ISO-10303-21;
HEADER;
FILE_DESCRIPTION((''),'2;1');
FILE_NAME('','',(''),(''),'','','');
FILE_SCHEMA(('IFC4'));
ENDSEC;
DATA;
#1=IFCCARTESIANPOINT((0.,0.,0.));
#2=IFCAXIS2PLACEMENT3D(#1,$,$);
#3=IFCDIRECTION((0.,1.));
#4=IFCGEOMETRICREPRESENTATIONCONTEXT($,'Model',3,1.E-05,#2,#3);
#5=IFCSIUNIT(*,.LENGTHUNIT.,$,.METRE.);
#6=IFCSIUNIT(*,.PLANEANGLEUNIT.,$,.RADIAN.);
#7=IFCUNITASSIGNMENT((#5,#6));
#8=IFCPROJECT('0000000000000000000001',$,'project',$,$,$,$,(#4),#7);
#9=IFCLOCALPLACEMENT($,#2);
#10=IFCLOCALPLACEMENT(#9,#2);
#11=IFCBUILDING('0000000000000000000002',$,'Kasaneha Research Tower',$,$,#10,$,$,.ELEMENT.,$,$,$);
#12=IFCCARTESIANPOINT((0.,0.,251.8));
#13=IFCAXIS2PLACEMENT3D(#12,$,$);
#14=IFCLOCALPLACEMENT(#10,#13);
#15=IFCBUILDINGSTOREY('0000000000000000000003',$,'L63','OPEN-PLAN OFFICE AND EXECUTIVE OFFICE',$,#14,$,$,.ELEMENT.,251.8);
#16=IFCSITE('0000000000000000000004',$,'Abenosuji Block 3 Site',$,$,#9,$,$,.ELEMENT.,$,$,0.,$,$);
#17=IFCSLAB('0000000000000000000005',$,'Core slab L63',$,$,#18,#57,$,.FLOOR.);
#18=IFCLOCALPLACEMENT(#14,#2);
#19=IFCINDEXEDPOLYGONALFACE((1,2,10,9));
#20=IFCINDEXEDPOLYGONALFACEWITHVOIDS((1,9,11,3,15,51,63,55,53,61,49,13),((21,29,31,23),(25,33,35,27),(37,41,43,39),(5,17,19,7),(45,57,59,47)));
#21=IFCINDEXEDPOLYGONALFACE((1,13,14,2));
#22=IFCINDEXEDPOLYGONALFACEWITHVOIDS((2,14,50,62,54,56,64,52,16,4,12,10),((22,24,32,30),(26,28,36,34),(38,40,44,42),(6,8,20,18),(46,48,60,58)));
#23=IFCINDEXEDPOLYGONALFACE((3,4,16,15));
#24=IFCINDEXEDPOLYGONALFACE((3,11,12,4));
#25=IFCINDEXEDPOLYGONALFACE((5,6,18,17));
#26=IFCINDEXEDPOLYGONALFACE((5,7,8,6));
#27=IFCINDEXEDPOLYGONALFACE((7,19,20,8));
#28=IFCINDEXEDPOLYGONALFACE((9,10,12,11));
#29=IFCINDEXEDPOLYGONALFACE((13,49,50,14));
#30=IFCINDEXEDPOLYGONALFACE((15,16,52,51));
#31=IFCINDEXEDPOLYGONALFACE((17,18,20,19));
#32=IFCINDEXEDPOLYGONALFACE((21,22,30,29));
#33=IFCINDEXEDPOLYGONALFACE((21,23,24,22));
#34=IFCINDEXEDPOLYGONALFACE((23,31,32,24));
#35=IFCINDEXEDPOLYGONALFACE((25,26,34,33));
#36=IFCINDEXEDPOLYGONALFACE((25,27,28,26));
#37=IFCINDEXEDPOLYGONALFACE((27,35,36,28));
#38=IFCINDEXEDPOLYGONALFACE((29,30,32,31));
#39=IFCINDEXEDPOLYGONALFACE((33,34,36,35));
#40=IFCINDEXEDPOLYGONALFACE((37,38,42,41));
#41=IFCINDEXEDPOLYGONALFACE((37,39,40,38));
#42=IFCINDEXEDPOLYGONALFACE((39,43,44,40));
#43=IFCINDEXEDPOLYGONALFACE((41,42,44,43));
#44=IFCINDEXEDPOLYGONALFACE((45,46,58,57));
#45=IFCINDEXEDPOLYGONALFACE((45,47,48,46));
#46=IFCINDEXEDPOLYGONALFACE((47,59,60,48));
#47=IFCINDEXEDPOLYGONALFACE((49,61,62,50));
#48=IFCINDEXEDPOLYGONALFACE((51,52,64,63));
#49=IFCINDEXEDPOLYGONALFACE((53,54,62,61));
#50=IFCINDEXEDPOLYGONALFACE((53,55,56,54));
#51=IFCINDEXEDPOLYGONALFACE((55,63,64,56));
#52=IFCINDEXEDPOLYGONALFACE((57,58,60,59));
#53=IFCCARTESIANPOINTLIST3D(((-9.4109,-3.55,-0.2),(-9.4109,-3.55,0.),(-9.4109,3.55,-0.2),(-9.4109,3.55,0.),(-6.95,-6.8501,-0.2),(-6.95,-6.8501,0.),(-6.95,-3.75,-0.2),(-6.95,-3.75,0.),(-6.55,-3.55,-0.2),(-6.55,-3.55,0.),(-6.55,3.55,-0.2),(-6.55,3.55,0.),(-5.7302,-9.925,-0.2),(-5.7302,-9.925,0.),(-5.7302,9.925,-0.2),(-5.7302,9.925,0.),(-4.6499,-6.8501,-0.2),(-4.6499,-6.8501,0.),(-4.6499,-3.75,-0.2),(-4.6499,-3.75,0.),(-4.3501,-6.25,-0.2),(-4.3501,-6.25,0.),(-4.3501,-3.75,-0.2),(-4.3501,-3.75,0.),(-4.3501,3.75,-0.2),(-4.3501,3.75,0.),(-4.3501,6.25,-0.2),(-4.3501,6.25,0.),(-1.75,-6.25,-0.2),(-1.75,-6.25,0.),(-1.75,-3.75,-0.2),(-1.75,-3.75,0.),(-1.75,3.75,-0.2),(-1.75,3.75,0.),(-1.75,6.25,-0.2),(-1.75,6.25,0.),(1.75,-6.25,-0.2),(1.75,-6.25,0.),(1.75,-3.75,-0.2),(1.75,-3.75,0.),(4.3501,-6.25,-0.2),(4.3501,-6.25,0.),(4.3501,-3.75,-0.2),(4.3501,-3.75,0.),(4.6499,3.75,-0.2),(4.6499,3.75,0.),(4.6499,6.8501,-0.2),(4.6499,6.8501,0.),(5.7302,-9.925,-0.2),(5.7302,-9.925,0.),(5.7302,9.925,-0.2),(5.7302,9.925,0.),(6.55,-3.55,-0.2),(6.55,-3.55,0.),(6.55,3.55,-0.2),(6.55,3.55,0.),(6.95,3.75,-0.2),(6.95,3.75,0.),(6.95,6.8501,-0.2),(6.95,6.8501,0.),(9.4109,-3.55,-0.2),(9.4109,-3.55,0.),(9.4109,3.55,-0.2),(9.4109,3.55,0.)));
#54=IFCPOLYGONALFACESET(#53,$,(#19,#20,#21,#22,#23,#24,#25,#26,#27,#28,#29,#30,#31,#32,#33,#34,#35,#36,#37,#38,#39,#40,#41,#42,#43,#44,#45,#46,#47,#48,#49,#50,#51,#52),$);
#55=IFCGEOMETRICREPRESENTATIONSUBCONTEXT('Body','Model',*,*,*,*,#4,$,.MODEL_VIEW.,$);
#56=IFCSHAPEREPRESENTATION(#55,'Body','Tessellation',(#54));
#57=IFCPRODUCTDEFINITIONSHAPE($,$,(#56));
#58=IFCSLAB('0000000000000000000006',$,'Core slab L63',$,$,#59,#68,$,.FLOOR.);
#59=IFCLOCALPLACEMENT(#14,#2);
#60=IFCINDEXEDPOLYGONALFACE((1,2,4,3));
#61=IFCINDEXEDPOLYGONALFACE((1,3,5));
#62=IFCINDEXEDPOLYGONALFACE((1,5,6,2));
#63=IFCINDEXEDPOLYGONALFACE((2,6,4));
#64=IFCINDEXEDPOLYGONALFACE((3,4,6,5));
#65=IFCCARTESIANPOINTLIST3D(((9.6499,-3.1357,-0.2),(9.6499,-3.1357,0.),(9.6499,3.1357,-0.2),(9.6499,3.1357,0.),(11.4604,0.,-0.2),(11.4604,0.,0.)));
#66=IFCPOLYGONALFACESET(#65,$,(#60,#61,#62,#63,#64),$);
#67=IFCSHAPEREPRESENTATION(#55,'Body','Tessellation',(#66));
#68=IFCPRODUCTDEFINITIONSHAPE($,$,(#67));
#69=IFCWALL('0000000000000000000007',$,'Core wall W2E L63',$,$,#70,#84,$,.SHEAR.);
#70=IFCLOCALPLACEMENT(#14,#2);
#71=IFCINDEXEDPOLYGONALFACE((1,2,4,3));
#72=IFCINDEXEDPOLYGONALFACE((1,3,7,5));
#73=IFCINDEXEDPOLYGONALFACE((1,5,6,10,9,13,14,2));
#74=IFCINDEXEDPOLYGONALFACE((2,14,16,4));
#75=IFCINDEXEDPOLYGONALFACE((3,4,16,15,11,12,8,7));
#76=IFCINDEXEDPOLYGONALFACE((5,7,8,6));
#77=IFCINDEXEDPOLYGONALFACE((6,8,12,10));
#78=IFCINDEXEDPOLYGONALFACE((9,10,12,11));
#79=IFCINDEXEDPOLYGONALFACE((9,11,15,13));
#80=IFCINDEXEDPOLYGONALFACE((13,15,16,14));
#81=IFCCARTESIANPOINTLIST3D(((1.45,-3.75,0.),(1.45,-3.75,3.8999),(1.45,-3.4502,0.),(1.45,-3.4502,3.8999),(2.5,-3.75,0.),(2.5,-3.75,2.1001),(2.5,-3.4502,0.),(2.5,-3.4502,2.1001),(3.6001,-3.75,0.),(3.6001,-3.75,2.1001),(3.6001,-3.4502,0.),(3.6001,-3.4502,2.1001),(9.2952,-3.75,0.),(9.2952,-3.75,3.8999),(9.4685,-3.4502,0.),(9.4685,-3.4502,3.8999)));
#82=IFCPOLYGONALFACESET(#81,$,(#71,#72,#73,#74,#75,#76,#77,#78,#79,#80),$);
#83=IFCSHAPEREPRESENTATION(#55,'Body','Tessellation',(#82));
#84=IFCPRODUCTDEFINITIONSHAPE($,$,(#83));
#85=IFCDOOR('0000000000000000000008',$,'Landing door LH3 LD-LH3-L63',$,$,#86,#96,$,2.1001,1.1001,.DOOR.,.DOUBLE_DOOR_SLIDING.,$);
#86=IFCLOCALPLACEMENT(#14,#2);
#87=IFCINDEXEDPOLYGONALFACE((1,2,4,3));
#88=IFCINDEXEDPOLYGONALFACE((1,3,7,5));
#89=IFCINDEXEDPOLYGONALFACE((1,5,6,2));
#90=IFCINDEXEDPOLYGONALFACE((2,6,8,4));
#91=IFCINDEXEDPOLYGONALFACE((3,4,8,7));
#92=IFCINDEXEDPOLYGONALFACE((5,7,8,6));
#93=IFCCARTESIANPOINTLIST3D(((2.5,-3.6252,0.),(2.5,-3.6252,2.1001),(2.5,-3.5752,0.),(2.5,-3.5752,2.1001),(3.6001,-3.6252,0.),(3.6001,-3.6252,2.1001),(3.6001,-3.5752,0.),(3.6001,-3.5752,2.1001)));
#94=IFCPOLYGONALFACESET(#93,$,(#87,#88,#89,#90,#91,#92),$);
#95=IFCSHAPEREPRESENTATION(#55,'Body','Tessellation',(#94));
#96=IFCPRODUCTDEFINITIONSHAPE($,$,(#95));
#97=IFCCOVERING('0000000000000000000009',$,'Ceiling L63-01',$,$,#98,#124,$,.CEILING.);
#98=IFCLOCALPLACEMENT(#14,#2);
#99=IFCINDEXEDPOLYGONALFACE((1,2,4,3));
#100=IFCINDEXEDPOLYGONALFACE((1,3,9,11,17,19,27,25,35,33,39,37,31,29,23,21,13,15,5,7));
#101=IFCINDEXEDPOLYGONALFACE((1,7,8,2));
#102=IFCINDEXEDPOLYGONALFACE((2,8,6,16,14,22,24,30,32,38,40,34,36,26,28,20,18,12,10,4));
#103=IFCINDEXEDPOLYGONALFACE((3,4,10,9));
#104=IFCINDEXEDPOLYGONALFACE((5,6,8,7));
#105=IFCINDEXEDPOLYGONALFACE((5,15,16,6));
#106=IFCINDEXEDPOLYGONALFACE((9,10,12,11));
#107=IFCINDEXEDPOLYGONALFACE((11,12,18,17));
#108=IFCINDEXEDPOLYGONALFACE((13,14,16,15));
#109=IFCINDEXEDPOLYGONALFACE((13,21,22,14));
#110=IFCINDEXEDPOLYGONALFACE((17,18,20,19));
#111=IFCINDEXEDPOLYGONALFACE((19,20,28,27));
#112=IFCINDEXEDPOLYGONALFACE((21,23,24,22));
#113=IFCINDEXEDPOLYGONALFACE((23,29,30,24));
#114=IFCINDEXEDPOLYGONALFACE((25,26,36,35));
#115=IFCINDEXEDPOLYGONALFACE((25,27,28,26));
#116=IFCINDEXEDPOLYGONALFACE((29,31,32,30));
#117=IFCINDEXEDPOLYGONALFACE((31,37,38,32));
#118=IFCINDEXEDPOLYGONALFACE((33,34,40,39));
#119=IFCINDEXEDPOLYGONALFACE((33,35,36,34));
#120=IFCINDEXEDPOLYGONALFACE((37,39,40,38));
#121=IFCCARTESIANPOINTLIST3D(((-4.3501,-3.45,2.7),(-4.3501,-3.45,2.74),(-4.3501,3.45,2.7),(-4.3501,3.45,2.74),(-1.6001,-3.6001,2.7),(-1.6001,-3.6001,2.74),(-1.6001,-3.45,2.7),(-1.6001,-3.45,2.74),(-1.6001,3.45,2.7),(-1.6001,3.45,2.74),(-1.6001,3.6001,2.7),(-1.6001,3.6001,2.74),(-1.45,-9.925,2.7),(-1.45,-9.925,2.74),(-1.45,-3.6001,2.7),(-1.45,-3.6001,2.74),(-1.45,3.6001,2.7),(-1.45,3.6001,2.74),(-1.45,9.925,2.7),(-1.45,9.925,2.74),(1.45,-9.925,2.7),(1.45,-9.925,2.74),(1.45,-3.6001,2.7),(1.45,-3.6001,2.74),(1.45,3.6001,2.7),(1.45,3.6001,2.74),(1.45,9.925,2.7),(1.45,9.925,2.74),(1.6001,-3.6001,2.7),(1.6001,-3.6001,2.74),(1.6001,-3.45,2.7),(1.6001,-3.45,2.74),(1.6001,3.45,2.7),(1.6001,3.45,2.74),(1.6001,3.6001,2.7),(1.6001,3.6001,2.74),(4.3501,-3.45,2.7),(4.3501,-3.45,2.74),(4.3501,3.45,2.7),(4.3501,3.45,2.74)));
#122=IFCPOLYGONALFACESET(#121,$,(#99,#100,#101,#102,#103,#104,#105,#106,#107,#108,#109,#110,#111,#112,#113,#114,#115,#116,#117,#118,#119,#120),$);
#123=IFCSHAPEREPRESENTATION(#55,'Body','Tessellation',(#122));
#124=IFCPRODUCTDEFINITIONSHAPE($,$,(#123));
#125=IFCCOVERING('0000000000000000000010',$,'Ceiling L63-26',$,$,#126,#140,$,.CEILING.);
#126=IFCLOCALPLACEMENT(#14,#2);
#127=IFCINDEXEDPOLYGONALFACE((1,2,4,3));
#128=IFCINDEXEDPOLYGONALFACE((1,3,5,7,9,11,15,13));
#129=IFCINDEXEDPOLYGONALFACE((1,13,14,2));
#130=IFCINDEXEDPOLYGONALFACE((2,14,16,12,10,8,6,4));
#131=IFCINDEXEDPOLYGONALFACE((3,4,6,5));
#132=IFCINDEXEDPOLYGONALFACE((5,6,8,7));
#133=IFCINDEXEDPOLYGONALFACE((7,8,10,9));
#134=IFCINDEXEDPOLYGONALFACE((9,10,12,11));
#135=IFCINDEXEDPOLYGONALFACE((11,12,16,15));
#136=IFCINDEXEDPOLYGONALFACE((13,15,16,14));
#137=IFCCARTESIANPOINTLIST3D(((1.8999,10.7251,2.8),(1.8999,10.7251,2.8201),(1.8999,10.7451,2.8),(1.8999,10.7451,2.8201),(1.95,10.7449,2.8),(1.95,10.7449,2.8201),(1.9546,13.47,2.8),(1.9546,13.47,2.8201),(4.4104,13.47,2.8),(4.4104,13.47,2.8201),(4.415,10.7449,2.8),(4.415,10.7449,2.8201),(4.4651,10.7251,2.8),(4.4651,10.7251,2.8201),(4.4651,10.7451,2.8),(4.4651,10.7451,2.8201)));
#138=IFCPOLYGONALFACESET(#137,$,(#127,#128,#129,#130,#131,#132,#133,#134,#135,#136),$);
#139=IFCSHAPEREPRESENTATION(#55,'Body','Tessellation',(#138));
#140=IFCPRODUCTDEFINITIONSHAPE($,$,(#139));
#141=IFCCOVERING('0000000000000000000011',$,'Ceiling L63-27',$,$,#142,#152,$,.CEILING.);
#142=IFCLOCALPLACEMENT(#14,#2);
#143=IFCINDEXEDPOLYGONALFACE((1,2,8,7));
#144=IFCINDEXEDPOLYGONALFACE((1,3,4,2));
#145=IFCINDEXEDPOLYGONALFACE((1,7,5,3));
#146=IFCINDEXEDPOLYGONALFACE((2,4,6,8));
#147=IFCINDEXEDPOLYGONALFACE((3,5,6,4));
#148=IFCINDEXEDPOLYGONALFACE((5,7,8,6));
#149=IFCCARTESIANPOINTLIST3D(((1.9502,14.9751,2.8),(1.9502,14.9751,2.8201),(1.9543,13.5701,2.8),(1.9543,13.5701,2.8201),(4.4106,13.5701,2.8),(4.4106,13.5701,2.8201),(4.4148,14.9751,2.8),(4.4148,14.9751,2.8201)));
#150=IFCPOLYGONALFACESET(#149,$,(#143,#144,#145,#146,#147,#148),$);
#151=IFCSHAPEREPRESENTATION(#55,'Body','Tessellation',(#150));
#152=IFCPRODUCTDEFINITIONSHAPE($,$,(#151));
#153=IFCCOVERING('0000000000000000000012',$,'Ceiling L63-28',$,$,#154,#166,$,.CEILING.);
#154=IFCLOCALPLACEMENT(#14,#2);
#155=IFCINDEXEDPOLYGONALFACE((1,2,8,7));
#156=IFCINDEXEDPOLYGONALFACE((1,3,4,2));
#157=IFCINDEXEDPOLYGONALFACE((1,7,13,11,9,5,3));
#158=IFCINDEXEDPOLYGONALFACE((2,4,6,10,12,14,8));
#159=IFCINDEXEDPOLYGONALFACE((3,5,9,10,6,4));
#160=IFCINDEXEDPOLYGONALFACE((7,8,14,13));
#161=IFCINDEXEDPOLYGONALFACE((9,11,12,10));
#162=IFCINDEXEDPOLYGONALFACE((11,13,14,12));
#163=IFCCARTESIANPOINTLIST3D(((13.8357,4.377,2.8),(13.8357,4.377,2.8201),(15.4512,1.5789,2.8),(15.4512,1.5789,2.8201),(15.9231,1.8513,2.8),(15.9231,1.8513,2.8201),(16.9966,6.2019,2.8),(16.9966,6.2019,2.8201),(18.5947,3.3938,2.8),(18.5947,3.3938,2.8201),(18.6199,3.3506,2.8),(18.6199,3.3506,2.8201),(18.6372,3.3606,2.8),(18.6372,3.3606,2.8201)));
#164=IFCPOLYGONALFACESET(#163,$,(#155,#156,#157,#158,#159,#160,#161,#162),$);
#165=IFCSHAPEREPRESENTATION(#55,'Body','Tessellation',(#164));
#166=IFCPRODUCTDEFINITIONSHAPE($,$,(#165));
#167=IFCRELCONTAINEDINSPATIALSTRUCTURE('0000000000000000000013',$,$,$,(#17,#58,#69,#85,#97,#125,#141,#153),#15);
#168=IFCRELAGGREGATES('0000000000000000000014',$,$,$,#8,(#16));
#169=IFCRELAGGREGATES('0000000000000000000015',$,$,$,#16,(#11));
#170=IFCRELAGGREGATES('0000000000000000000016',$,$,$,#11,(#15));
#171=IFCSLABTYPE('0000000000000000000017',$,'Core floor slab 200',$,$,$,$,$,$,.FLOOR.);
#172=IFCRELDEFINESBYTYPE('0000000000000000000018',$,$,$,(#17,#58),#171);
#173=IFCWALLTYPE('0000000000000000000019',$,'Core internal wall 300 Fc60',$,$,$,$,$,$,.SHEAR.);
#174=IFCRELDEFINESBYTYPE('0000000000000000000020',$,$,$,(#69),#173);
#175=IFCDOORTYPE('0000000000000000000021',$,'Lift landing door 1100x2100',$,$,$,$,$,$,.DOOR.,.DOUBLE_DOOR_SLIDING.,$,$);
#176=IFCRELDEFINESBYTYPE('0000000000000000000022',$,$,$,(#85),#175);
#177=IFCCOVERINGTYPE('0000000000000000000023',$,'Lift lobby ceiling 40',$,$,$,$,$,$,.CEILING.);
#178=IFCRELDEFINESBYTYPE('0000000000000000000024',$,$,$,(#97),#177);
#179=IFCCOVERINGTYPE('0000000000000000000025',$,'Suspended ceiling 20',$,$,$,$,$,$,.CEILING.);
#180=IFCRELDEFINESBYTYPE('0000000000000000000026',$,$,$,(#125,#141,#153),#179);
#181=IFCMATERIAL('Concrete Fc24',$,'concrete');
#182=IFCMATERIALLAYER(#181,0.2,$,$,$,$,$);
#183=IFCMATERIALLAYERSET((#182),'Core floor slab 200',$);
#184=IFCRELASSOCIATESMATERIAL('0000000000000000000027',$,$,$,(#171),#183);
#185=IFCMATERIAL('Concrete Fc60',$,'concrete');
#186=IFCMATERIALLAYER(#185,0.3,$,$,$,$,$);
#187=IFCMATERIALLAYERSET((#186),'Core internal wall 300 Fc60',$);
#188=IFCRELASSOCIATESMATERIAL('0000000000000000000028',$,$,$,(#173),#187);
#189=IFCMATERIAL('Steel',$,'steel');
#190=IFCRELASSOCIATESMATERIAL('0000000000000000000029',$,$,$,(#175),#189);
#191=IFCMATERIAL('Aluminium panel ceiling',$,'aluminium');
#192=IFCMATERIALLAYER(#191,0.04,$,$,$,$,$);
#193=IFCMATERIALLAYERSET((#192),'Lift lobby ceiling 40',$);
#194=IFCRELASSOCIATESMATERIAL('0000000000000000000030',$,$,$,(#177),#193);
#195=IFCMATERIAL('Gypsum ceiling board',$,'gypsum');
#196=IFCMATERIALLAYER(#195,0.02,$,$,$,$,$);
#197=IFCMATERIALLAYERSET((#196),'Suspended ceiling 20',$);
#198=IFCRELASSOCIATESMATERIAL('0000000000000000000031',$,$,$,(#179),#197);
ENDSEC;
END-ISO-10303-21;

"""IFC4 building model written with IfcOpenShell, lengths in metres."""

from ifc_helpers import new_model, si_unit, direction, frame, frame_2d, origin, place, context, subcontext, project, spatial, polyline, rectangle, outline, extrude, material, layer, layer_set, type_object, element, fill, save


model = new_model("IFC4")

# Units and contexts
model_context = context("Model", 3, precision=1e-05, world=origin(), true_north=direction((0.0, 1.0)))
body_context = subcontext(model_context, "Body", "Model", "MODEL_VIEW")
ifc_project = project(units=[si_unit("LENGTHUNIT", "METRE"), si_unit("PLANEANGLEUNIT", "RADIAN")], contexts=[model_context])

# Site, building, storey
site_placement = place(None, origin())
site = spatial("IfcSite", under=ifc_project, at=site_placement, Name="Abenosuji Block 3 Site", CompositionType="ELEMENT", RefElevation=0.0)
building_placement = place(site_placement, origin())
building = spatial("IfcBuilding", under=site, at=building_placement, Name="Kasaneha Research Tower", CompositionType="ELEMENT")
storey_placement = place(building_placement, frame((0.0, 0.0, 251.8)))
storey = spatial("IfcBuildingStorey", under=building, at=storey_placement, Name="L63", Description="OPEN-PLAN OFFICE AND EXECUTIVE OFFICE", CompositionType="ELEMENT", Elevation=251.8)

# Slabs
ifc_material_1 = material(Name="Concrete Fc24", Category="concrete")
ifc_layer_1 = layer(ifc_material_1, 0.2)
ifc_layer_set_1 = layer_set([ifc_layer_1], Name="Core floor slab 200")
slab_type = type_object("IfcSlabType", Name="Core floor slab 200", PredefinedType="FLOOR", material=ifc_layer_set_1)
slab_1_placement = place(storey_placement, frame((0.0, 0.0, -0.2)))
element("IfcSlab", 1, at=slab_1_placement, inside=storey, type_object=slab_type, Name="Core slab L63", PredefinedType="FLOOR", context=body_context, shape_type="SweptSolid", body=[
    extrude(outline(polyline([(-5.7302, 9.925), (5.7302, 9.925), (9.4109, 3.55), (6.55, 3.55), (6.55, -3.55), (9.4109, -3.55), (5.7302, -9.925), (-5.7302, -9.925), (-9.4109, -3.55), (-6.55, -3.55), (-6.55, 3.55), (-9.4109, 3.55), (-5.7302, 9.925)]), holes=[polyline([(-6.95, -6.8501), (-4.6499, -6.8501), (-4.6499, -3.75), (-6.95, -3.75), (-6.95, -6.8501)]), polyline([(-4.3501, -3.75), (-4.3501, -6.25), (-1.75, -6.25), (-1.75, -3.75), (-4.3501, -3.75)]), polyline([(1.75, -3.75), (1.75, -6.25), (4.3501, -6.25), (4.3501, -3.75), (1.75, -3.75)]), polyline([(-4.3501, 6.25), (-4.3501, 3.75), (-1.75, 3.75), (-1.75, 6.25), (-4.3501, 6.25)]), polyline([(4.6499, 6.8501), (4.6499, 3.75), (6.95, 3.75), (6.95, 6.8501), (4.6499, 6.8501)])]), origin(), (0.0, 0.0, 1.0), 0.2),
])
slab_2_placement = place(storey_placement, frame((0.0, 0.0, -0.2)))
element("IfcSlab", 2, at=slab_2_placement, inside=storey, type_object=slab_type, Name="Core slab L63", PredefinedType="FLOOR", context=body_context, shape_type="SweptSolid", body=[
    extrude(outline(polyline([(11.4604, 0.0), (9.6499, -3.1357), (9.6499, 3.1357), (11.4604, 0.0)])), origin(), (0.0, 0.0, 1.0), 0.2),
])

# Wall, opening, door
ifc_material_2 = material(Name="Concrete Fc60", Category="concrete")
ifc_layer_2 = layer(ifc_material_2, 0.3)
ifc_layer_set_2 = layer_set([ifc_layer_2], Name="Core internal wall 300 Fc60")
wall_type = type_object("IfcWallType", Name="Core internal wall 300 Fc60", PredefinedType="SHEAR", material=ifc_layer_set_2)
wall_placement = place(storey_placement, frame((1.45, -3.6001, 0.0), z_axis=(0.0, 0.0, 1.0), x_axis=(1.0, 0.0, 0.0)))
wall = element("IfcWall", 3, at=wall_placement, inside=storey, type_object=wall_type, Name="Core wall W2E L63", PredefinedType="SHEAR", context=body_context, shape_type="SweptSolid", body=[
    extrude(outline(polyline([(0.0, -0.1499), (1.05, -0.1499), (2.1501, -0.1499), (7.8452, -0.1499), (8.0186, 0.1499), (2.1501, 0.1499), (1.05, 0.1499), (0.0, 0.1499), (0.0, -0.1499)])), origin(), (0.0, 0.0, 1.0), 3.8999),
])
opening_placement = place(wall_placement, frame((1.05, 0.0, 0.0)))
opening = element("IfcOpeningElement", 4, at=opening_placement, cuts=wall, PredefinedType="OPENING", context=body_context, shape_type="SweptSolid", body=[
    extrude(rectangle(XDim=1.1001, YDim=2.1001, at=frame_2d((0.55, 1.05))), frame((0.0, 0.1602, 0.0), z_axis=(0.0, -1.0, 0.0), x_axis=(1.0, 0.0, 0.0)), (0.0, 0.0, 1.0), 0.3201),
])
ifc_material_3 = material(Name="Steel", Category="steel")
door_type = type_object("IfcDoorType", Name="Lift landing door 1100x2100", OperationType="DOUBLE_DOOR_SLIDING", PredefinedType="DOOR", material=ifc_material_3)
door_placement = place(opening_placement, origin())
door = element("IfcDoor", 5, at=door_placement, inside=storey, type_object=door_type, Name="Landing door LH3 LD-LH3-L63", OperationType="DOUBLE_DOOR_SLIDING", OverallHeight=2.1001, OverallWidth=1.1001, PredefinedType="DOOR", context=body_context, shape_type="SweptSolid", body=[
    extrude(rectangle(XDim=1.1001, YDim=2.1001, at=frame_2d((0.55, 1.05))), frame((0.0, 0.0249, 0.0), z_axis=(0.0, -1.0, 0.0), x_axis=(1.0, 0.0, 0.0)), (0.0, 0.0, 1.0), 0.05),
])
fill(opening, door)

# Coverings
ifc_material_4 = material(Name="Aluminium panel ceiling", Category="aluminium")
ifc_layer_3 = layer(ifc_material_4, 0.04)
ifc_layer_set_3 = layer_set([ifc_layer_3], Name="Lift lobby ceiling 40")
covering_type_1 = type_object("IfcCoveringType", Name="Lift lobby ceiling 40", PredefinedType="CEILING", material=ifc_layer_set_3)
covering_1_placement = place(storey_placement, frame((0.0, 0.0, 2.7)))
element("IfcCovering", 6, at=covering_1_placement, inside=storey, type_object=covering_type_1, Name="Ceiling L63-01", PredefinedType="CEILING", context=body_context, shape_type="SweptSolid", body=[
    extrude(outline(polyline([(1.45, 9.925), (1.45, 3.6001), (1.6001, 3.6001), (1.6001, 3.45), (4.3501, 3.45), (4.3501, -3.45), (1.6001, -3.45), (1.6001, -3.6001), (1.45, -3.6001), (1.45, -9.925), (-1.45, -9.925), (-1.45, -3.6001), (-1.6001, -3.6001), (-1.6001, -3.45), (-4.3501, -3.45), (-4.3501, 3.45), (-1.6001, 3.45), (-1.6001, 3.6001), (-1.45, 3.6001), (-1.45, 9.925), (1.45, 9.925)])), origin(), (0.0, 0.0, 1.0), 0.04),
])
ifc_material_5 = material(Name="Gypsum ceiling board", Category="gypsum")
ifc_layer_4 = layer(ifc_material_5, 0.02)
ifc_layer_set_4 = layer_set([ifc_layer_4], Name="Suspended ceiling 20")
covering_type_2 = type_object("IfcCoveringType", Name="Suspended ceiling 20", PredefinedType="CEILING", material=ifc_layer_set_4)
covering_2_placement = place(storey_placement, frame((0.0, 0.0, 2.8)))
element("IfcCovering", 7, at=covering_2_placement, inside=storey, type_object=covering_type_2, Name="Ceiling L63-26", PredefinedType="CEILING", context=body_context, shape_type="SweptSolid", body=[
    extrude(outline(polyline([(1.8999, 10.7251), (1.8999, 10.7451), (1.95, 10.7449), (1.9546, 13.47), (4.4104, 13.47), (4.415, 10.7449), (4.4651, 10.7451), (4.4651, 10.7251), (1.8999, 10.7251)])), origin(), (0.0, 0.0, 1.0), 0.02),
])
covering_3_placement = place(storey_placement, frame((0.0, 0.0, 2.8)))
element("IfcCovering", 8, at=covering_3_placement, inside=storey, type_object=covering_type_2, Name="Ceiling L63-27", PredefinedType="CEILING", context=body_context, shape_type="SweptSolid", body=[
    extrude(outline(polyline([(1.9502, 14.9751), (4.4148, 14.9751), (4.4106, 13.5701), (1.9543, 13.5701), (1.9502, 14.9751)])), origin(), (0.0, 0.0, 1.0), 0.02),
])
covering_4_placement = place(storey_placement, frame((0.0, 0.0, 2.8)))
element("IfcCovering", 9, at=covering_4_placement, inside=storey, type_object=covering_type_2, Name="Ceiling L63-28", PredefinedType="CEILING", context=body_context, shape_type="SweptSolid", body=[
    extrude(outline(polyline([(18.6372, 3.3606), (18.6199, 3.3506), (18.5947, 3.3938), (15.9231, 1.8513), (15.9231, 1.8513), (15.4512, 1.5789), (13.8357, 4.377), (16.9966, 6.2019), (18.6372, 3.3606)])), origin(), (0.0, 0.0, 1.0), 0.02),
])

save(model, "model.ifc")
